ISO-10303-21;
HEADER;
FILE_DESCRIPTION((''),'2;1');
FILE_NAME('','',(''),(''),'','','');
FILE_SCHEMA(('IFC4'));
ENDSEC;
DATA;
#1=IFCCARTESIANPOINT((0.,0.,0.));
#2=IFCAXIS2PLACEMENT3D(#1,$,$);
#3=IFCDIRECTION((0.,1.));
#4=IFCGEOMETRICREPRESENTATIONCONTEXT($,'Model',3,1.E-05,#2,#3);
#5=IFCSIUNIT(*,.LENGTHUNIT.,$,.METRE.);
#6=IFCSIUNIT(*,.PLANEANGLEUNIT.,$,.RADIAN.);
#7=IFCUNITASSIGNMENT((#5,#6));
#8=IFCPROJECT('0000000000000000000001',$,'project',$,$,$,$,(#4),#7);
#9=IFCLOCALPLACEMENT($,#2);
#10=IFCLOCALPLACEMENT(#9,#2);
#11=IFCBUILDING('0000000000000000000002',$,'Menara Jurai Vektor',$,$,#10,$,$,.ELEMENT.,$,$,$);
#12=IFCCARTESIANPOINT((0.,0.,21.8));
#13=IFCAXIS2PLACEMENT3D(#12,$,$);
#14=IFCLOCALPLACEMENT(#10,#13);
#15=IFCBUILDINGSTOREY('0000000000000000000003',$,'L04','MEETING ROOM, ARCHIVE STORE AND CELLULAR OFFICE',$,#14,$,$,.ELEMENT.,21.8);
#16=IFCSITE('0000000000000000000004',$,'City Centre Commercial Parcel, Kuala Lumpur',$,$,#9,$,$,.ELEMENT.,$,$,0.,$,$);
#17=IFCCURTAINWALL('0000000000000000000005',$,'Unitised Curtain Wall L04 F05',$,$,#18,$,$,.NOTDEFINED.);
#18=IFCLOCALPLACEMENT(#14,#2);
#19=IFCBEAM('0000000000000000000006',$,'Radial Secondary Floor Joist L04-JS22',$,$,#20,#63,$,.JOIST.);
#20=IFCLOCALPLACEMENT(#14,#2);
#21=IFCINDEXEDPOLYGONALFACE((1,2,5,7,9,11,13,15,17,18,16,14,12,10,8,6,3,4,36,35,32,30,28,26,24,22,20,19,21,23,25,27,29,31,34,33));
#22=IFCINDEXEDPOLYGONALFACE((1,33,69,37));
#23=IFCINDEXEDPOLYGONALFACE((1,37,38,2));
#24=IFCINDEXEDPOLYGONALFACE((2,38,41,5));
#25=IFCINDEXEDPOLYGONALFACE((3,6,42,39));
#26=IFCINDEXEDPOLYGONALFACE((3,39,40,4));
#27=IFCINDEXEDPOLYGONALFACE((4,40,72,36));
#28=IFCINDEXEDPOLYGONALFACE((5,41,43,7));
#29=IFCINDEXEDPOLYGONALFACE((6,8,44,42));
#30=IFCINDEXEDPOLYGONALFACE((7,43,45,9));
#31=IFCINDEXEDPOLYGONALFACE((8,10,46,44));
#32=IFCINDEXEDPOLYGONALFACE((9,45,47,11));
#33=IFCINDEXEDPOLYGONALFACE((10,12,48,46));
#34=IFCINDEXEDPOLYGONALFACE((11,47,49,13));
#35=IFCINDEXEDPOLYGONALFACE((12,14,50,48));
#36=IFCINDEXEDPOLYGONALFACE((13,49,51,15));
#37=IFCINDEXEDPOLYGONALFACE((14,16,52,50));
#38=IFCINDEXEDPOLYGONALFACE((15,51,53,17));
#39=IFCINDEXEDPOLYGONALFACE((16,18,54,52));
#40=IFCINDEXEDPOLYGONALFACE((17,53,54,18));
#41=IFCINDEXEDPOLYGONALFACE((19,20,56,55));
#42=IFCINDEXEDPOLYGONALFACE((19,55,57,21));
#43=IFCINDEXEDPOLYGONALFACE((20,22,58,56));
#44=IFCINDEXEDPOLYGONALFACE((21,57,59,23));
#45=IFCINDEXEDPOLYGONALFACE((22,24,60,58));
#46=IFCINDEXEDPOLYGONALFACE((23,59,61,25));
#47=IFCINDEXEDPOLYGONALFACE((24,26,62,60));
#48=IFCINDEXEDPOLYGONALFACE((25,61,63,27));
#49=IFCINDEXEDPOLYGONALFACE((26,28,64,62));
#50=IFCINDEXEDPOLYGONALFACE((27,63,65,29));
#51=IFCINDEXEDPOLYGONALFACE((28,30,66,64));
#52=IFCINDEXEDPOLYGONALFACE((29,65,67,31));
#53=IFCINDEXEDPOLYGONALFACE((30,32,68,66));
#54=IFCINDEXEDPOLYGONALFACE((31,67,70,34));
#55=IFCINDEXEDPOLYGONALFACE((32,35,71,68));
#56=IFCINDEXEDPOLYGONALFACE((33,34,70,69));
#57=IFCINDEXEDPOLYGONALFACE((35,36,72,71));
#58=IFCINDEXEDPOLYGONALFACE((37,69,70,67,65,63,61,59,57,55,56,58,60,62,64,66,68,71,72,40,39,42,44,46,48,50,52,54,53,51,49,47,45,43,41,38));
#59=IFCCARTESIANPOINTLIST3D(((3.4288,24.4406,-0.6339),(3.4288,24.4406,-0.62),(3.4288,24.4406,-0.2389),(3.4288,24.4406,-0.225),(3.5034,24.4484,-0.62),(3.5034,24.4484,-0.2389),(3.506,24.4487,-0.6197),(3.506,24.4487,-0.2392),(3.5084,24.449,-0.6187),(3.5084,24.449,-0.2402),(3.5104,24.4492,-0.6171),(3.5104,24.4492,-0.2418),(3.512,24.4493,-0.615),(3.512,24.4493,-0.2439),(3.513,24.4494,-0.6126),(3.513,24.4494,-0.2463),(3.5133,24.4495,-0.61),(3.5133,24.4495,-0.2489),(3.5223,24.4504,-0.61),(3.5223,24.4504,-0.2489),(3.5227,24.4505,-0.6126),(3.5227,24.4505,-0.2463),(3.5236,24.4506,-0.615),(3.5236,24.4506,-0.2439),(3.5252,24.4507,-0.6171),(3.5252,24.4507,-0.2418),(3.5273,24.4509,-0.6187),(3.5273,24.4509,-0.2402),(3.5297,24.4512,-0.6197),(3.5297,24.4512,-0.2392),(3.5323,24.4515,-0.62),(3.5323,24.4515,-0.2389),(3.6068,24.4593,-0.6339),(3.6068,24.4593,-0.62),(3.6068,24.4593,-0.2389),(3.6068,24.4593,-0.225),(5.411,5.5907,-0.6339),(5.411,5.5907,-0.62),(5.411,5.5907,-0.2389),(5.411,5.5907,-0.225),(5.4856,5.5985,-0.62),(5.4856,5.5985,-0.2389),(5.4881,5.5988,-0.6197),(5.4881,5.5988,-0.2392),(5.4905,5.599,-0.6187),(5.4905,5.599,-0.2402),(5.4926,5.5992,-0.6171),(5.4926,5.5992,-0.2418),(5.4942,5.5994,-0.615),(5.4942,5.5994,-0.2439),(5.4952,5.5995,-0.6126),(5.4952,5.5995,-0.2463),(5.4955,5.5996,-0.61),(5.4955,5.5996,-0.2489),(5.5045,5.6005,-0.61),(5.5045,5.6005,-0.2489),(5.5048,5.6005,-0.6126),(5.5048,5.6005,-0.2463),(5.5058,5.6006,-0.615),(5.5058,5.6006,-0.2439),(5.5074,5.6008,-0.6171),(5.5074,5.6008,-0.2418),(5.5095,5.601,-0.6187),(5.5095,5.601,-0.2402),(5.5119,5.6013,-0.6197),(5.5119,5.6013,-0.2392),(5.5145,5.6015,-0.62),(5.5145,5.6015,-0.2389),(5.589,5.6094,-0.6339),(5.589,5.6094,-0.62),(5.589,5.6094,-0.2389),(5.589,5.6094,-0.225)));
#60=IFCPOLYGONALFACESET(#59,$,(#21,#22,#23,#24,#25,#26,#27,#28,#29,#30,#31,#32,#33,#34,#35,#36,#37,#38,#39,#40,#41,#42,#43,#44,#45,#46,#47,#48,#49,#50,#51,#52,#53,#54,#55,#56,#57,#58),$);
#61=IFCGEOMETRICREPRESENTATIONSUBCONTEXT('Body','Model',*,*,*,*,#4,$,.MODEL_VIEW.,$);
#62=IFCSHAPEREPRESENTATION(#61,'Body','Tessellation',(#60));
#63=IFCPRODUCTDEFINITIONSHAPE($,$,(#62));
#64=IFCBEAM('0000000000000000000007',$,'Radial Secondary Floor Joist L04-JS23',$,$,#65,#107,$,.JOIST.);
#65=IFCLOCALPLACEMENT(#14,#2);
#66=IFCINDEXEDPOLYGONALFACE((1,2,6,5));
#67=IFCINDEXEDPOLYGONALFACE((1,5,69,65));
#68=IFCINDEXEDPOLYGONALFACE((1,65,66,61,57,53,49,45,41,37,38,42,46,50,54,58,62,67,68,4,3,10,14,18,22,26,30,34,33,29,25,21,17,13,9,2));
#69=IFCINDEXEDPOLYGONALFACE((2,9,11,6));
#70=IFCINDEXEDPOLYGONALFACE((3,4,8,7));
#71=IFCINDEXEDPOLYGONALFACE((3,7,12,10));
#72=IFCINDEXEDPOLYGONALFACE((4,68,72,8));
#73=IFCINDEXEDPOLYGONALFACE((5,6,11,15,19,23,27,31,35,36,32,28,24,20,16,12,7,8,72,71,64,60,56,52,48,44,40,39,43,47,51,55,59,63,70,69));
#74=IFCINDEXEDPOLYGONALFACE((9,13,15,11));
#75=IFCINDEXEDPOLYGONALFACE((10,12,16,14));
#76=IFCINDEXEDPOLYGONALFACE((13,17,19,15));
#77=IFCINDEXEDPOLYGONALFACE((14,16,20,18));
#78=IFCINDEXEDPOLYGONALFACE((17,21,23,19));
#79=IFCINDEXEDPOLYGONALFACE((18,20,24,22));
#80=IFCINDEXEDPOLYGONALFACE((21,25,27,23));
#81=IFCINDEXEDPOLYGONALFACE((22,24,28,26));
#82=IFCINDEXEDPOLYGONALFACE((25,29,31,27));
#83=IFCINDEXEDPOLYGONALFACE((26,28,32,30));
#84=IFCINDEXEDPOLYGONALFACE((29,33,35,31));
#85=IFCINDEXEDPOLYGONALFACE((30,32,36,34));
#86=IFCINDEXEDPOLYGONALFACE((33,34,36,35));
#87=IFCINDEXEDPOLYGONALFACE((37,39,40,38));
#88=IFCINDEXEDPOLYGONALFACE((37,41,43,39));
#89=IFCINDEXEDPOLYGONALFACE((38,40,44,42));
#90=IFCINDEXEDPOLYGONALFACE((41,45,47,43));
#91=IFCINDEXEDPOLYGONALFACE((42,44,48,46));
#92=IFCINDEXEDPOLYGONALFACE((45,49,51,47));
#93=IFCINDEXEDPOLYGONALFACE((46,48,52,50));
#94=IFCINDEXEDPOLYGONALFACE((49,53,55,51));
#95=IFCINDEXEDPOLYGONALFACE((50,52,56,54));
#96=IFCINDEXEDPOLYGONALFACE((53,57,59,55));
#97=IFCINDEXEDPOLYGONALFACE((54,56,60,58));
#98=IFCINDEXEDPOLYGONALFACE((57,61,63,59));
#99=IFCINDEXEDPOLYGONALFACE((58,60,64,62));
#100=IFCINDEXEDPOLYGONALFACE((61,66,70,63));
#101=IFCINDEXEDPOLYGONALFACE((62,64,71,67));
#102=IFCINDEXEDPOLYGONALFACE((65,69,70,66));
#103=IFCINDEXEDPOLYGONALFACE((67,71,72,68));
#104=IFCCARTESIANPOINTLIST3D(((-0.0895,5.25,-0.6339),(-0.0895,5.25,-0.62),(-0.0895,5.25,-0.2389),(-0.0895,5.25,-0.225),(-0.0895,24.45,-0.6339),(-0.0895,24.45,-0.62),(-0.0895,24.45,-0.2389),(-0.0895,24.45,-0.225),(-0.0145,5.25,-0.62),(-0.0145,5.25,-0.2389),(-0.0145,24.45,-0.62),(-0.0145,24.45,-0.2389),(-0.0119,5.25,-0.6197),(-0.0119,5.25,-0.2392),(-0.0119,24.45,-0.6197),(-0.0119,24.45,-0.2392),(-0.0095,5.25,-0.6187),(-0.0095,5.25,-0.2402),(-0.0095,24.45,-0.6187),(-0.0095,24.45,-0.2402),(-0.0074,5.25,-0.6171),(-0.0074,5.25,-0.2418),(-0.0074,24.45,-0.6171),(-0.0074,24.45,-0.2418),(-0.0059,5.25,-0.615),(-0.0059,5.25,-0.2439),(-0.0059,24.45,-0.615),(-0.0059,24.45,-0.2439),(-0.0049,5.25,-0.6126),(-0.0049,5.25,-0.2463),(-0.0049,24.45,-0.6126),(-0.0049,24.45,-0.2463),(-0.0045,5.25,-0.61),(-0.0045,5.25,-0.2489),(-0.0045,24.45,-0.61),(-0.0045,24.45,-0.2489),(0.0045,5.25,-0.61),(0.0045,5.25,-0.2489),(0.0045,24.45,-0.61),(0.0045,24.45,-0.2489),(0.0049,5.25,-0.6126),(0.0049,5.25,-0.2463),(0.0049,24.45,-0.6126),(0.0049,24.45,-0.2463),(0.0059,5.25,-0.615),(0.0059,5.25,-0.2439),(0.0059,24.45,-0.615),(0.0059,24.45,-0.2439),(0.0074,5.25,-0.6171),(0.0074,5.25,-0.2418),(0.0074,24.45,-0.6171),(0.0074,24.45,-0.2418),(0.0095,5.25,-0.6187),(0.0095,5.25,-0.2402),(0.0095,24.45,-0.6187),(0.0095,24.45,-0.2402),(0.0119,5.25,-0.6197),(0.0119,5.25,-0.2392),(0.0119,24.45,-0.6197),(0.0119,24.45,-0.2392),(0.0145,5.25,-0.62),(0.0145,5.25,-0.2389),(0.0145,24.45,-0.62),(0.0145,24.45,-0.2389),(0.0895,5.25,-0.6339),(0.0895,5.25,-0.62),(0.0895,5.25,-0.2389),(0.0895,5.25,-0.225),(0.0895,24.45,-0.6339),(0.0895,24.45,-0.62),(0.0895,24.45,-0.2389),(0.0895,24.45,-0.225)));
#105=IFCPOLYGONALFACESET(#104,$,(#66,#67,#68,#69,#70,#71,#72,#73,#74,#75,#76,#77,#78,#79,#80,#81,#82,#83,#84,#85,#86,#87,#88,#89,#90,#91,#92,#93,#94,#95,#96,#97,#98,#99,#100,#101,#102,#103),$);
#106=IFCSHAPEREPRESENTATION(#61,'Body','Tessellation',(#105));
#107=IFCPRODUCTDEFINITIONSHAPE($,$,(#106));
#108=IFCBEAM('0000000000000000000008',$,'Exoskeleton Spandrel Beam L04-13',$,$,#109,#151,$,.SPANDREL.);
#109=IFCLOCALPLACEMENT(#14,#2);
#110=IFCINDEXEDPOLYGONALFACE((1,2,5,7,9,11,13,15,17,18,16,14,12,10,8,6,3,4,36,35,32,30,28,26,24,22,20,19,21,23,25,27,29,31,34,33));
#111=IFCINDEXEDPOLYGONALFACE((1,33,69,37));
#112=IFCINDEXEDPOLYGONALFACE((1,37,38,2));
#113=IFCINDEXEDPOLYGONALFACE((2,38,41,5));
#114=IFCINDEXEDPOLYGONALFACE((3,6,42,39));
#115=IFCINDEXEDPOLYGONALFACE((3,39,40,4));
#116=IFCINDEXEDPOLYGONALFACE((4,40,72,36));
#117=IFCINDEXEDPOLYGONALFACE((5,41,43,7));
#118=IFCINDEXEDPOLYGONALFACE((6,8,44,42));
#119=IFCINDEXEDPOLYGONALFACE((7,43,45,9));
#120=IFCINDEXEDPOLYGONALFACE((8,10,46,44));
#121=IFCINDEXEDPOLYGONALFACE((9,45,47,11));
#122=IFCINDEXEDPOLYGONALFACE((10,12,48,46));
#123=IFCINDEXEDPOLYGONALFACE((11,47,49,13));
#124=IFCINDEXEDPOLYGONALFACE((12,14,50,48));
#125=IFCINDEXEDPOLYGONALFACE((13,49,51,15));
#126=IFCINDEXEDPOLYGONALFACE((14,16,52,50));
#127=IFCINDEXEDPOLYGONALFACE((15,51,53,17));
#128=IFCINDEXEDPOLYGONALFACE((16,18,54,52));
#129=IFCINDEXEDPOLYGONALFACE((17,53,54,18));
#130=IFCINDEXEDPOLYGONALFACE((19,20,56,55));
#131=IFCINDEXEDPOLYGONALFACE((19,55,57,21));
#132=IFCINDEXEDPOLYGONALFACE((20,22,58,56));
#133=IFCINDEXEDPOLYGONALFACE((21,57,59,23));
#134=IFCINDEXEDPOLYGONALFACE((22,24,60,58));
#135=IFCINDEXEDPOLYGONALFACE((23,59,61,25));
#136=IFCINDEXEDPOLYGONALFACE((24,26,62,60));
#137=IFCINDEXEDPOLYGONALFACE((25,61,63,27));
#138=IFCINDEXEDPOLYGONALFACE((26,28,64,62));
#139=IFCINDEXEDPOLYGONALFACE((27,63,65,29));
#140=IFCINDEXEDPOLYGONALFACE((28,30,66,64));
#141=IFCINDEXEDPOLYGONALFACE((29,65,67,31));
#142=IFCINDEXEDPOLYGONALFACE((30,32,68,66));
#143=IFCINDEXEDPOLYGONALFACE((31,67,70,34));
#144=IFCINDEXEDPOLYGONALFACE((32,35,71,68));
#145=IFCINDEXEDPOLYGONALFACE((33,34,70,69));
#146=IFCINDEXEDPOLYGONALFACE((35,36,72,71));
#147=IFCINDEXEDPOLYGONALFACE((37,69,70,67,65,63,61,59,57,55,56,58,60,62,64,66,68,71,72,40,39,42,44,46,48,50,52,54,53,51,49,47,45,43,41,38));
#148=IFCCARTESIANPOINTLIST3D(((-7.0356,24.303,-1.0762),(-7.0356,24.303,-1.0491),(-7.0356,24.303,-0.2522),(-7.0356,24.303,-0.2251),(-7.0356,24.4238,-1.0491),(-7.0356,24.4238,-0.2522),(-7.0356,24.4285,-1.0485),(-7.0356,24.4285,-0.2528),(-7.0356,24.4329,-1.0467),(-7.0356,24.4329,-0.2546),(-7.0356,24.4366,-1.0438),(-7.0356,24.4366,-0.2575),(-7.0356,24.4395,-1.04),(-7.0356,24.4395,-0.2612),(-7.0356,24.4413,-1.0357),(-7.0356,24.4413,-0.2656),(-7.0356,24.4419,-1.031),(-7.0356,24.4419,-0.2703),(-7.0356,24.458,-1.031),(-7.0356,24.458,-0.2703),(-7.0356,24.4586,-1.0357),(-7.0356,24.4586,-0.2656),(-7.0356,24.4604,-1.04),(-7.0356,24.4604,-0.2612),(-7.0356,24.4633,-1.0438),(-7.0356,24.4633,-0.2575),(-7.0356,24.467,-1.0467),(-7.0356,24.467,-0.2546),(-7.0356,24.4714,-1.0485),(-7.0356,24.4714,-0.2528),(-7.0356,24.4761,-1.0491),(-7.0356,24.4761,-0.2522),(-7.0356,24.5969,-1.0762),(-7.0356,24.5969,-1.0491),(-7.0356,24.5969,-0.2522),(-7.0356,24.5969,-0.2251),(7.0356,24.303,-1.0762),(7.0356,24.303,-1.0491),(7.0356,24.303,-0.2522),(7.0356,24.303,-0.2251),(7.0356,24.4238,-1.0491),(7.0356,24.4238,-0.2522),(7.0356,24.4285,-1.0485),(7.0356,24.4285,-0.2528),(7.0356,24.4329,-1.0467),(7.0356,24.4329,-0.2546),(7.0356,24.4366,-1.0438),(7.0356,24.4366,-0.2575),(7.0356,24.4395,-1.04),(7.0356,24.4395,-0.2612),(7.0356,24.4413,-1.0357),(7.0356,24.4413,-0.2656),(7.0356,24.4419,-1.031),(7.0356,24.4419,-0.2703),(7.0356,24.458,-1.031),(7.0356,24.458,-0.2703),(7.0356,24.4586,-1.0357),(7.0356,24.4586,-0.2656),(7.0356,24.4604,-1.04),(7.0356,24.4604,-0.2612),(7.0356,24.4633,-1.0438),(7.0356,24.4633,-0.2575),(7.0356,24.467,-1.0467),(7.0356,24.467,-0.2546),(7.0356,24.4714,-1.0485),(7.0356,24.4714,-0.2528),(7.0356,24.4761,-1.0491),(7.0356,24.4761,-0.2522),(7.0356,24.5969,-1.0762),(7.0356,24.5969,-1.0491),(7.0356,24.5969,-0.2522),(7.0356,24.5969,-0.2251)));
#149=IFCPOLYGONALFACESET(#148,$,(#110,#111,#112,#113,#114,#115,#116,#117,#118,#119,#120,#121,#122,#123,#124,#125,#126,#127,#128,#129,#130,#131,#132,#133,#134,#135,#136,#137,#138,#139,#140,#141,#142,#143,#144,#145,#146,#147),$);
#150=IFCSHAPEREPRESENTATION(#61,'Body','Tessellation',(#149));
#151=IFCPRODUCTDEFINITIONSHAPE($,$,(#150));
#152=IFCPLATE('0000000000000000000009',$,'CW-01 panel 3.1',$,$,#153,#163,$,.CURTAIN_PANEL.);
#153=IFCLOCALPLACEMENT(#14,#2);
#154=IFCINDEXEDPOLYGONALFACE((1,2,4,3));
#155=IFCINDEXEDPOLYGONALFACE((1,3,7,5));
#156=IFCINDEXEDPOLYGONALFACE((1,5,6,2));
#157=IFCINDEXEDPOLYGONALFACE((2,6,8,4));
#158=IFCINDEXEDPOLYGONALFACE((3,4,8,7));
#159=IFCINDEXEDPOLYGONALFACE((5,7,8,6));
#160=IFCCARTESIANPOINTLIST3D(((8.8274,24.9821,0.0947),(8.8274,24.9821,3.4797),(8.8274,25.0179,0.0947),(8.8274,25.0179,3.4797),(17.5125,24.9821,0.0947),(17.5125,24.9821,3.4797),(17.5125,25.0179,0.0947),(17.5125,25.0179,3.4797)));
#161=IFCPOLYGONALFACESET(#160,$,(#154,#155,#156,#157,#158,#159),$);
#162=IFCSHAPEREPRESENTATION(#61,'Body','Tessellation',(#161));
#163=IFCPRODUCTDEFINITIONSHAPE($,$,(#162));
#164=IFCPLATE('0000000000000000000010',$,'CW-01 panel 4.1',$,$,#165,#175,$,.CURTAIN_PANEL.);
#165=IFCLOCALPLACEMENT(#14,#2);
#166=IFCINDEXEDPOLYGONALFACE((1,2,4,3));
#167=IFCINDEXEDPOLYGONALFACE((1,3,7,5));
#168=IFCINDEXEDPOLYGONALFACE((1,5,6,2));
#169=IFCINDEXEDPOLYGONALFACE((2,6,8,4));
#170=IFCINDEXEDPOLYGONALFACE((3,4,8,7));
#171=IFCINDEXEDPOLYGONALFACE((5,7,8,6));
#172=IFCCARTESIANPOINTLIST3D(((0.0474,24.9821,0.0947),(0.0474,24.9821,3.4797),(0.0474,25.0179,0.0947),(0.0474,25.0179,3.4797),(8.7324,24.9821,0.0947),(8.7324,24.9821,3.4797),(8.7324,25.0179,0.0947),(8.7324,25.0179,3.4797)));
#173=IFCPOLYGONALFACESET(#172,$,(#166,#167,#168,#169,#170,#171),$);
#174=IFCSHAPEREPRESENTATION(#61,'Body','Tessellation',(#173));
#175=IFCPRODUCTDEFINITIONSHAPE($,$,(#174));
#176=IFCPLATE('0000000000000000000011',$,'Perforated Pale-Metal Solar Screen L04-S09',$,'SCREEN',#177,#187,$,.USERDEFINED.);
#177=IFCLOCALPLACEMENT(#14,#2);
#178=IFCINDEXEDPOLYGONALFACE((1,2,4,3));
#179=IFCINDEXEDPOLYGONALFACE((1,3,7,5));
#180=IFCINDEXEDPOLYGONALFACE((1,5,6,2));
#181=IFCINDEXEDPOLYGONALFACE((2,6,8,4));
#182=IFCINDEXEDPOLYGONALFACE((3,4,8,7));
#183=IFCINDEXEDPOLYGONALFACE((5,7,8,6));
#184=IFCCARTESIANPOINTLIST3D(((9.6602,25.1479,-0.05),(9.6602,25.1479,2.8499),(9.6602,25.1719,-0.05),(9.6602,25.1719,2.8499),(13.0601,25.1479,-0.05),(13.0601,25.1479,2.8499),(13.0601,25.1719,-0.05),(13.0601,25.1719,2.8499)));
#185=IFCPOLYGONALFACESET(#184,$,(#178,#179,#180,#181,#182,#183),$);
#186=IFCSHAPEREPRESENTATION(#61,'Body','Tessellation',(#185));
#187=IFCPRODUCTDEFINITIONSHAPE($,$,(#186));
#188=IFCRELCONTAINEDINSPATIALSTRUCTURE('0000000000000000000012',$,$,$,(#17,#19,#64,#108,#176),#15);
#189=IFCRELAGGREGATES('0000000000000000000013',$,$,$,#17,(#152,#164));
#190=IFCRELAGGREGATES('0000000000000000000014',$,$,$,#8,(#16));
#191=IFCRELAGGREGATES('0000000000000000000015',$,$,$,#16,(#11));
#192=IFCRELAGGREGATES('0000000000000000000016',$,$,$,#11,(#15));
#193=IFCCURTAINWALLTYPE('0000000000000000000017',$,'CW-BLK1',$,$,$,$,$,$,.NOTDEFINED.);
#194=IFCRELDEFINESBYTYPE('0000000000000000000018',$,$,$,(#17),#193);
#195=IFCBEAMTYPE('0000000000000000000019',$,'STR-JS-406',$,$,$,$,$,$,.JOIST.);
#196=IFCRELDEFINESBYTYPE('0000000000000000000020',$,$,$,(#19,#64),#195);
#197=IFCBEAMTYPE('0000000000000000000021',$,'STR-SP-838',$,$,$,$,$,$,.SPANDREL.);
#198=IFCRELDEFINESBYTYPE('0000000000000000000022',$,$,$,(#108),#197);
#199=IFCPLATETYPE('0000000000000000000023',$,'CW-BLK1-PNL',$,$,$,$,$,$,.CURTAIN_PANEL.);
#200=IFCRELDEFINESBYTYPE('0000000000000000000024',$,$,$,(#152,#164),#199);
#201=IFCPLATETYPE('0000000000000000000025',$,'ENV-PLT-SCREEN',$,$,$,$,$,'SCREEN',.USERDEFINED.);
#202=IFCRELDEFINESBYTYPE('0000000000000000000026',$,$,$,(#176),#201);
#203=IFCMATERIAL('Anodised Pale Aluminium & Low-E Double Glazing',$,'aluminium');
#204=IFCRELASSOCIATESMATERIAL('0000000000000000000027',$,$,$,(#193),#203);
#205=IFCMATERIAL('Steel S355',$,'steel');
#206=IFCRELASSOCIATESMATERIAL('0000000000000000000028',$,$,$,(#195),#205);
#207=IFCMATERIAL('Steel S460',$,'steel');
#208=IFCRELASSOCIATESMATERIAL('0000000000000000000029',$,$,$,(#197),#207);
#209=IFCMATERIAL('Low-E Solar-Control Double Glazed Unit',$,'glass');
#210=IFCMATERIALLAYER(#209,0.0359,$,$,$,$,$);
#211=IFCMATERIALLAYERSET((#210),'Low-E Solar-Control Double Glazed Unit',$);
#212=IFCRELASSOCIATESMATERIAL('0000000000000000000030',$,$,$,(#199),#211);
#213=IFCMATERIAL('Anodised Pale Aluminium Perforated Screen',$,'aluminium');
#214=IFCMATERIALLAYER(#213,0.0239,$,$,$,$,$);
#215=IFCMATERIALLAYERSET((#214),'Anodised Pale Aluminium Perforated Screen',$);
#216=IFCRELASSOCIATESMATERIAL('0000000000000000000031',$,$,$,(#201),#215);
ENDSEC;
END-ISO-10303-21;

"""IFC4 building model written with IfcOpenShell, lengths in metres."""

from ifc_helpers import new_model, si_unit, direction, frame, origin, origin_2d, place, context, subcontext, project, spatial, rectangle, i_section, extrude, material, layer, layer_set, material_profile, profile_set, type_object, element, aggregate, save


model = new_model("IFC4")

# Units and contexts
model_context = context("Model", 3, precision=1e-05, world=origin(), true_north=direction((0.0, 1.0)))
body_context = subcontext(model_context, "Body", "Model", "MODEL_VIEW")
ifc_project = project(units=[si_unit("LENGTHUNIT", "METRE"), si_unit("PLANEANGLEUNIT", "RADIAN")], contexts=[model_context])

# Site, building, storey
site_placement = place(None, origin())
site = spatial("IfcSite", under=ifc_project, at=site_placement, Name="City Centre Commercial Parcel, Kuala Lumpur", CompositionType="ELEMENT", RefElevation=0.0)
building_placement = place(site_placement, origin())
building = spatial("IfcBuilding", under=site, at=building_placement, Name="Menara Jurai Vektor", CompositionType="ELEMENT")
storey_placement = place(building_placement, frame((0.0, 0.0, 21.8)))
storey = spatial("IfcBuildingStorey", under=building, at=storey_placement, Name="L04", Description="MEETING ROOM, ARCHIVE STORE AND CELLULAR OFFICE", CompositionType="ELEMENT", Elevation=21.8)

# Shared definitions
ifc_material_1 = material(Name="Steel S460", Category="steel")

# Curtain wall
ifc_material_2 = material(Name="Anodised Pale Aluminium & Low-E Double Glazing", Category="aluminium")
curtain_wall_type = type_object("IfcCurtainWallType", Name="CW-BLK1", PredefinedType="NOTDEFINED", material=ifc_material_2)
curtain_wall_placement = place(storey_placement, origin())
curtain_wall = element("IfcCurtainWall", 1, at=curtain_wall_placement, inside=storey, type_object=curtain_wall_type, Name="Unitised Curtain Wall L04 F05", PredefinedType="NOTDEFINED")

# Beams
ifc_material_3 = material(Name="Steel S355", Category="steel")
ifc_material_profile_1 = material_profile(ifc_material_3, i_section(OverallWidth=0.179, OverallDepth=0.4089, WebThickness=0.009, FlangeThickness=0.0139, FilletRadius=0.01, at=origin_2d()), Name="UKB 406x178x67")
ifc_profile_set_1 = profile_set([ifc_material_profile_1], Name="Steel S355")
beam_type_1 = type_object("IfcBeamType", Name="STR-JS-406", PredefinedType="JOIST", material=ifc_profile_set_1)
beam_1_placement = place(storey_placement, frame((3.5178, 24.45, -0.4294), z_axis=(0.10458, -0.994517, 0.0), x_axis=(0.994517, 0.10458, 0.0)))
element("IfcBeam", 2, at=beam_1_placement, inside=storey, type_object=beam_type_1, Name="Radial Secondary Floor Joist L04-JS22", PredefinedType="JOIST", context=body_context, shape_type="SweptSolid", body=[
    extrude(i_section(OverallWidth=0.179, OverallDepth=0.4089, WebThickness=0.009, FlangeThickness=0.0139, FilletRadius=0.01, at=origin_2d()), origin(), (0.0, 0.0, 1.0), 18.9539),
])
beam_2_placement = place(storey_placement, frame((0.0, 24.45, -0.4294), z_axis=(0.0, -1.0, 0.0), x_axis=(1.0, 0.0, 0.0)))
element("IfcBeam", 3, at=beam_2_placement, inside=storey, type_object=beam_type_1, Name="Radial Secondary Floor Joist L04-JS23", PredefinedType="JOIST", context=body_context, shape_type="SweptSolid", body=[
    extrude(i_section(OverallWidth=0.179, OverallDepth=0.4089, WebThickness=0.009, FlangeThickness=0.0139, FilletRadius=0.01, at=origin_2d()), origin(), (0.0, 0.0, 1.0), 19.2),
])
ifc_material_profile_2 = material_profile(ifc_material_1, i_section(OverallWidth=0.2939, OverallDepth=0.8511, WebThickness=0.0161, FlangeThickness=0.0271, FilletRadius=0.0181, at=origin_2d()), Name="UKB 838x292x226")
ifc_profile_set_2 = profile_set([ifc_material_profile_2], Name="Steel S460")
beam_type_2 = type_object("IfcBeamType", Name="STR-SP-838", PredefinedType="SPANDREL", material=ifc_profile_set_2)
beam_3_placement = place(storey_placement, frame((7.0356, 24.45, -0.6506), z_axis=(-1.0, 0.0, 0.0), x_axis=(0.0, -1.0, 0.0)))
element("IfcBeam", 4, at=beam_3_placement, inside=storey, type_object=beam_type_2, Name="Exoskeleton Spandrel Beam L04-13", PredefinedType="SPANDREL", context=body_context, shape_type="SweptSolid", body=[
    extrude(i_section(OverallWidth=0.2939, OverallDepth=0.8511, WebThickness=0.0161, FlangeThickness=0.0271, FilletRadius=0.0181, at=origin_2d()), origin(), (0.0, 0.0, 1.0), 14.0713),
])

# Plates
ifc_material_4 = material(Name="Low-E Solar-Control Double Glazed Unit", Category="glass")
ifc_layer_1 = layer(ifc_material_4, 0.0359)
ifc_layer_set_1 = layer_set([ifc_layer_1], Name="Low-E Solar-Control Double Glazed Unit")
plate_type_1 = type_object("IfcPlateType", Name="CW-BLK1-PNL", PredefinedType="CURTAIN_PANEL", material=ifc_layer_set_1)
plate_1_placement = place(storey_placement, frame((13.1699, 25.0, 0.0947), z_axis=(0.0, 0.0, 1.0), x_axis=(-1.0, 0.0, 0.0)))
plate_1 = element("IfcPlate", 5, at=plate_1_placement, type_object=plate_type_1, Name="CW-01 panel 3.1", PredefinedType="CURTAIN_PANEL", context=body_context, shape_type="SweptSolid", body=[
    extrude(rectangle(XDim=8.6851, YDim=0.0359, at=origin_2d()), origin(), (0.0, 0.0, 1.0), 3.385),
])
plate_2_placement = place(storey_placement, frame((4.3899, 25.0, 0.0947), z_axis=(0.0, 0.0, 1.0), x_axis=(-1.0, 0.0, 0.0)))
plate_2 = element("IfcPlate", 6, at=plate_2_placement, type_object=plate_type_1, Name="CW-01 panel 4.1", PredefinedType="CURTAIN_PANEL", context=body_context, shape_type="SweptSolid", body=[
    extrude(rectangle(XDim=8.6851, YDim=0.0359, at=origin_2d()), origin(), (0.0, 0.0, 1.0), 3.385),
])
aggregate(curtain_wall, [plate_1, plate_2])
ifc_material_5 = material(Name="Anodised Pale Aluminium Perforated Screen", Category="aluminium")
ifc_layer_2 = layer(ifc_material_5, 0.0239)
ifc_layer_set_2 = layer_set([ifc_layer_2], Name="Anodised Pale Aluminium Perforated Screen")
plate_type_2 = type_object("IfcPlateType", Name="ENV-PLT-SCREEN", ElementType="SCREEN", PredefinedType="USERDEFINED", material=ifc_layer_set_2)
plate_3_placement = place(storey_placement, frame((11.3601, 25.1599, -0.05), z_axis=(0.0, 0.0, 1.0), x_axis=(-1.0, 0.0, 0.0)))
element("IfcPlate", 7, at=plate_3_placement, inside=storey, type_object=plate_type_2, Name="Perforated Pale-Metal Solar Screen L04-S09", ObjectType="SCREEN", PredefinedType="USERDEFINED", context=body_context, shape_type="SweptSolid", body=[
    extrude(rectangle(XDim=3.3999, YDim=0.0239, at=origin_2d()), origin(), (0.0, 0.0, 1.0), 2.8999),
])

save(model, "model.ifc")
